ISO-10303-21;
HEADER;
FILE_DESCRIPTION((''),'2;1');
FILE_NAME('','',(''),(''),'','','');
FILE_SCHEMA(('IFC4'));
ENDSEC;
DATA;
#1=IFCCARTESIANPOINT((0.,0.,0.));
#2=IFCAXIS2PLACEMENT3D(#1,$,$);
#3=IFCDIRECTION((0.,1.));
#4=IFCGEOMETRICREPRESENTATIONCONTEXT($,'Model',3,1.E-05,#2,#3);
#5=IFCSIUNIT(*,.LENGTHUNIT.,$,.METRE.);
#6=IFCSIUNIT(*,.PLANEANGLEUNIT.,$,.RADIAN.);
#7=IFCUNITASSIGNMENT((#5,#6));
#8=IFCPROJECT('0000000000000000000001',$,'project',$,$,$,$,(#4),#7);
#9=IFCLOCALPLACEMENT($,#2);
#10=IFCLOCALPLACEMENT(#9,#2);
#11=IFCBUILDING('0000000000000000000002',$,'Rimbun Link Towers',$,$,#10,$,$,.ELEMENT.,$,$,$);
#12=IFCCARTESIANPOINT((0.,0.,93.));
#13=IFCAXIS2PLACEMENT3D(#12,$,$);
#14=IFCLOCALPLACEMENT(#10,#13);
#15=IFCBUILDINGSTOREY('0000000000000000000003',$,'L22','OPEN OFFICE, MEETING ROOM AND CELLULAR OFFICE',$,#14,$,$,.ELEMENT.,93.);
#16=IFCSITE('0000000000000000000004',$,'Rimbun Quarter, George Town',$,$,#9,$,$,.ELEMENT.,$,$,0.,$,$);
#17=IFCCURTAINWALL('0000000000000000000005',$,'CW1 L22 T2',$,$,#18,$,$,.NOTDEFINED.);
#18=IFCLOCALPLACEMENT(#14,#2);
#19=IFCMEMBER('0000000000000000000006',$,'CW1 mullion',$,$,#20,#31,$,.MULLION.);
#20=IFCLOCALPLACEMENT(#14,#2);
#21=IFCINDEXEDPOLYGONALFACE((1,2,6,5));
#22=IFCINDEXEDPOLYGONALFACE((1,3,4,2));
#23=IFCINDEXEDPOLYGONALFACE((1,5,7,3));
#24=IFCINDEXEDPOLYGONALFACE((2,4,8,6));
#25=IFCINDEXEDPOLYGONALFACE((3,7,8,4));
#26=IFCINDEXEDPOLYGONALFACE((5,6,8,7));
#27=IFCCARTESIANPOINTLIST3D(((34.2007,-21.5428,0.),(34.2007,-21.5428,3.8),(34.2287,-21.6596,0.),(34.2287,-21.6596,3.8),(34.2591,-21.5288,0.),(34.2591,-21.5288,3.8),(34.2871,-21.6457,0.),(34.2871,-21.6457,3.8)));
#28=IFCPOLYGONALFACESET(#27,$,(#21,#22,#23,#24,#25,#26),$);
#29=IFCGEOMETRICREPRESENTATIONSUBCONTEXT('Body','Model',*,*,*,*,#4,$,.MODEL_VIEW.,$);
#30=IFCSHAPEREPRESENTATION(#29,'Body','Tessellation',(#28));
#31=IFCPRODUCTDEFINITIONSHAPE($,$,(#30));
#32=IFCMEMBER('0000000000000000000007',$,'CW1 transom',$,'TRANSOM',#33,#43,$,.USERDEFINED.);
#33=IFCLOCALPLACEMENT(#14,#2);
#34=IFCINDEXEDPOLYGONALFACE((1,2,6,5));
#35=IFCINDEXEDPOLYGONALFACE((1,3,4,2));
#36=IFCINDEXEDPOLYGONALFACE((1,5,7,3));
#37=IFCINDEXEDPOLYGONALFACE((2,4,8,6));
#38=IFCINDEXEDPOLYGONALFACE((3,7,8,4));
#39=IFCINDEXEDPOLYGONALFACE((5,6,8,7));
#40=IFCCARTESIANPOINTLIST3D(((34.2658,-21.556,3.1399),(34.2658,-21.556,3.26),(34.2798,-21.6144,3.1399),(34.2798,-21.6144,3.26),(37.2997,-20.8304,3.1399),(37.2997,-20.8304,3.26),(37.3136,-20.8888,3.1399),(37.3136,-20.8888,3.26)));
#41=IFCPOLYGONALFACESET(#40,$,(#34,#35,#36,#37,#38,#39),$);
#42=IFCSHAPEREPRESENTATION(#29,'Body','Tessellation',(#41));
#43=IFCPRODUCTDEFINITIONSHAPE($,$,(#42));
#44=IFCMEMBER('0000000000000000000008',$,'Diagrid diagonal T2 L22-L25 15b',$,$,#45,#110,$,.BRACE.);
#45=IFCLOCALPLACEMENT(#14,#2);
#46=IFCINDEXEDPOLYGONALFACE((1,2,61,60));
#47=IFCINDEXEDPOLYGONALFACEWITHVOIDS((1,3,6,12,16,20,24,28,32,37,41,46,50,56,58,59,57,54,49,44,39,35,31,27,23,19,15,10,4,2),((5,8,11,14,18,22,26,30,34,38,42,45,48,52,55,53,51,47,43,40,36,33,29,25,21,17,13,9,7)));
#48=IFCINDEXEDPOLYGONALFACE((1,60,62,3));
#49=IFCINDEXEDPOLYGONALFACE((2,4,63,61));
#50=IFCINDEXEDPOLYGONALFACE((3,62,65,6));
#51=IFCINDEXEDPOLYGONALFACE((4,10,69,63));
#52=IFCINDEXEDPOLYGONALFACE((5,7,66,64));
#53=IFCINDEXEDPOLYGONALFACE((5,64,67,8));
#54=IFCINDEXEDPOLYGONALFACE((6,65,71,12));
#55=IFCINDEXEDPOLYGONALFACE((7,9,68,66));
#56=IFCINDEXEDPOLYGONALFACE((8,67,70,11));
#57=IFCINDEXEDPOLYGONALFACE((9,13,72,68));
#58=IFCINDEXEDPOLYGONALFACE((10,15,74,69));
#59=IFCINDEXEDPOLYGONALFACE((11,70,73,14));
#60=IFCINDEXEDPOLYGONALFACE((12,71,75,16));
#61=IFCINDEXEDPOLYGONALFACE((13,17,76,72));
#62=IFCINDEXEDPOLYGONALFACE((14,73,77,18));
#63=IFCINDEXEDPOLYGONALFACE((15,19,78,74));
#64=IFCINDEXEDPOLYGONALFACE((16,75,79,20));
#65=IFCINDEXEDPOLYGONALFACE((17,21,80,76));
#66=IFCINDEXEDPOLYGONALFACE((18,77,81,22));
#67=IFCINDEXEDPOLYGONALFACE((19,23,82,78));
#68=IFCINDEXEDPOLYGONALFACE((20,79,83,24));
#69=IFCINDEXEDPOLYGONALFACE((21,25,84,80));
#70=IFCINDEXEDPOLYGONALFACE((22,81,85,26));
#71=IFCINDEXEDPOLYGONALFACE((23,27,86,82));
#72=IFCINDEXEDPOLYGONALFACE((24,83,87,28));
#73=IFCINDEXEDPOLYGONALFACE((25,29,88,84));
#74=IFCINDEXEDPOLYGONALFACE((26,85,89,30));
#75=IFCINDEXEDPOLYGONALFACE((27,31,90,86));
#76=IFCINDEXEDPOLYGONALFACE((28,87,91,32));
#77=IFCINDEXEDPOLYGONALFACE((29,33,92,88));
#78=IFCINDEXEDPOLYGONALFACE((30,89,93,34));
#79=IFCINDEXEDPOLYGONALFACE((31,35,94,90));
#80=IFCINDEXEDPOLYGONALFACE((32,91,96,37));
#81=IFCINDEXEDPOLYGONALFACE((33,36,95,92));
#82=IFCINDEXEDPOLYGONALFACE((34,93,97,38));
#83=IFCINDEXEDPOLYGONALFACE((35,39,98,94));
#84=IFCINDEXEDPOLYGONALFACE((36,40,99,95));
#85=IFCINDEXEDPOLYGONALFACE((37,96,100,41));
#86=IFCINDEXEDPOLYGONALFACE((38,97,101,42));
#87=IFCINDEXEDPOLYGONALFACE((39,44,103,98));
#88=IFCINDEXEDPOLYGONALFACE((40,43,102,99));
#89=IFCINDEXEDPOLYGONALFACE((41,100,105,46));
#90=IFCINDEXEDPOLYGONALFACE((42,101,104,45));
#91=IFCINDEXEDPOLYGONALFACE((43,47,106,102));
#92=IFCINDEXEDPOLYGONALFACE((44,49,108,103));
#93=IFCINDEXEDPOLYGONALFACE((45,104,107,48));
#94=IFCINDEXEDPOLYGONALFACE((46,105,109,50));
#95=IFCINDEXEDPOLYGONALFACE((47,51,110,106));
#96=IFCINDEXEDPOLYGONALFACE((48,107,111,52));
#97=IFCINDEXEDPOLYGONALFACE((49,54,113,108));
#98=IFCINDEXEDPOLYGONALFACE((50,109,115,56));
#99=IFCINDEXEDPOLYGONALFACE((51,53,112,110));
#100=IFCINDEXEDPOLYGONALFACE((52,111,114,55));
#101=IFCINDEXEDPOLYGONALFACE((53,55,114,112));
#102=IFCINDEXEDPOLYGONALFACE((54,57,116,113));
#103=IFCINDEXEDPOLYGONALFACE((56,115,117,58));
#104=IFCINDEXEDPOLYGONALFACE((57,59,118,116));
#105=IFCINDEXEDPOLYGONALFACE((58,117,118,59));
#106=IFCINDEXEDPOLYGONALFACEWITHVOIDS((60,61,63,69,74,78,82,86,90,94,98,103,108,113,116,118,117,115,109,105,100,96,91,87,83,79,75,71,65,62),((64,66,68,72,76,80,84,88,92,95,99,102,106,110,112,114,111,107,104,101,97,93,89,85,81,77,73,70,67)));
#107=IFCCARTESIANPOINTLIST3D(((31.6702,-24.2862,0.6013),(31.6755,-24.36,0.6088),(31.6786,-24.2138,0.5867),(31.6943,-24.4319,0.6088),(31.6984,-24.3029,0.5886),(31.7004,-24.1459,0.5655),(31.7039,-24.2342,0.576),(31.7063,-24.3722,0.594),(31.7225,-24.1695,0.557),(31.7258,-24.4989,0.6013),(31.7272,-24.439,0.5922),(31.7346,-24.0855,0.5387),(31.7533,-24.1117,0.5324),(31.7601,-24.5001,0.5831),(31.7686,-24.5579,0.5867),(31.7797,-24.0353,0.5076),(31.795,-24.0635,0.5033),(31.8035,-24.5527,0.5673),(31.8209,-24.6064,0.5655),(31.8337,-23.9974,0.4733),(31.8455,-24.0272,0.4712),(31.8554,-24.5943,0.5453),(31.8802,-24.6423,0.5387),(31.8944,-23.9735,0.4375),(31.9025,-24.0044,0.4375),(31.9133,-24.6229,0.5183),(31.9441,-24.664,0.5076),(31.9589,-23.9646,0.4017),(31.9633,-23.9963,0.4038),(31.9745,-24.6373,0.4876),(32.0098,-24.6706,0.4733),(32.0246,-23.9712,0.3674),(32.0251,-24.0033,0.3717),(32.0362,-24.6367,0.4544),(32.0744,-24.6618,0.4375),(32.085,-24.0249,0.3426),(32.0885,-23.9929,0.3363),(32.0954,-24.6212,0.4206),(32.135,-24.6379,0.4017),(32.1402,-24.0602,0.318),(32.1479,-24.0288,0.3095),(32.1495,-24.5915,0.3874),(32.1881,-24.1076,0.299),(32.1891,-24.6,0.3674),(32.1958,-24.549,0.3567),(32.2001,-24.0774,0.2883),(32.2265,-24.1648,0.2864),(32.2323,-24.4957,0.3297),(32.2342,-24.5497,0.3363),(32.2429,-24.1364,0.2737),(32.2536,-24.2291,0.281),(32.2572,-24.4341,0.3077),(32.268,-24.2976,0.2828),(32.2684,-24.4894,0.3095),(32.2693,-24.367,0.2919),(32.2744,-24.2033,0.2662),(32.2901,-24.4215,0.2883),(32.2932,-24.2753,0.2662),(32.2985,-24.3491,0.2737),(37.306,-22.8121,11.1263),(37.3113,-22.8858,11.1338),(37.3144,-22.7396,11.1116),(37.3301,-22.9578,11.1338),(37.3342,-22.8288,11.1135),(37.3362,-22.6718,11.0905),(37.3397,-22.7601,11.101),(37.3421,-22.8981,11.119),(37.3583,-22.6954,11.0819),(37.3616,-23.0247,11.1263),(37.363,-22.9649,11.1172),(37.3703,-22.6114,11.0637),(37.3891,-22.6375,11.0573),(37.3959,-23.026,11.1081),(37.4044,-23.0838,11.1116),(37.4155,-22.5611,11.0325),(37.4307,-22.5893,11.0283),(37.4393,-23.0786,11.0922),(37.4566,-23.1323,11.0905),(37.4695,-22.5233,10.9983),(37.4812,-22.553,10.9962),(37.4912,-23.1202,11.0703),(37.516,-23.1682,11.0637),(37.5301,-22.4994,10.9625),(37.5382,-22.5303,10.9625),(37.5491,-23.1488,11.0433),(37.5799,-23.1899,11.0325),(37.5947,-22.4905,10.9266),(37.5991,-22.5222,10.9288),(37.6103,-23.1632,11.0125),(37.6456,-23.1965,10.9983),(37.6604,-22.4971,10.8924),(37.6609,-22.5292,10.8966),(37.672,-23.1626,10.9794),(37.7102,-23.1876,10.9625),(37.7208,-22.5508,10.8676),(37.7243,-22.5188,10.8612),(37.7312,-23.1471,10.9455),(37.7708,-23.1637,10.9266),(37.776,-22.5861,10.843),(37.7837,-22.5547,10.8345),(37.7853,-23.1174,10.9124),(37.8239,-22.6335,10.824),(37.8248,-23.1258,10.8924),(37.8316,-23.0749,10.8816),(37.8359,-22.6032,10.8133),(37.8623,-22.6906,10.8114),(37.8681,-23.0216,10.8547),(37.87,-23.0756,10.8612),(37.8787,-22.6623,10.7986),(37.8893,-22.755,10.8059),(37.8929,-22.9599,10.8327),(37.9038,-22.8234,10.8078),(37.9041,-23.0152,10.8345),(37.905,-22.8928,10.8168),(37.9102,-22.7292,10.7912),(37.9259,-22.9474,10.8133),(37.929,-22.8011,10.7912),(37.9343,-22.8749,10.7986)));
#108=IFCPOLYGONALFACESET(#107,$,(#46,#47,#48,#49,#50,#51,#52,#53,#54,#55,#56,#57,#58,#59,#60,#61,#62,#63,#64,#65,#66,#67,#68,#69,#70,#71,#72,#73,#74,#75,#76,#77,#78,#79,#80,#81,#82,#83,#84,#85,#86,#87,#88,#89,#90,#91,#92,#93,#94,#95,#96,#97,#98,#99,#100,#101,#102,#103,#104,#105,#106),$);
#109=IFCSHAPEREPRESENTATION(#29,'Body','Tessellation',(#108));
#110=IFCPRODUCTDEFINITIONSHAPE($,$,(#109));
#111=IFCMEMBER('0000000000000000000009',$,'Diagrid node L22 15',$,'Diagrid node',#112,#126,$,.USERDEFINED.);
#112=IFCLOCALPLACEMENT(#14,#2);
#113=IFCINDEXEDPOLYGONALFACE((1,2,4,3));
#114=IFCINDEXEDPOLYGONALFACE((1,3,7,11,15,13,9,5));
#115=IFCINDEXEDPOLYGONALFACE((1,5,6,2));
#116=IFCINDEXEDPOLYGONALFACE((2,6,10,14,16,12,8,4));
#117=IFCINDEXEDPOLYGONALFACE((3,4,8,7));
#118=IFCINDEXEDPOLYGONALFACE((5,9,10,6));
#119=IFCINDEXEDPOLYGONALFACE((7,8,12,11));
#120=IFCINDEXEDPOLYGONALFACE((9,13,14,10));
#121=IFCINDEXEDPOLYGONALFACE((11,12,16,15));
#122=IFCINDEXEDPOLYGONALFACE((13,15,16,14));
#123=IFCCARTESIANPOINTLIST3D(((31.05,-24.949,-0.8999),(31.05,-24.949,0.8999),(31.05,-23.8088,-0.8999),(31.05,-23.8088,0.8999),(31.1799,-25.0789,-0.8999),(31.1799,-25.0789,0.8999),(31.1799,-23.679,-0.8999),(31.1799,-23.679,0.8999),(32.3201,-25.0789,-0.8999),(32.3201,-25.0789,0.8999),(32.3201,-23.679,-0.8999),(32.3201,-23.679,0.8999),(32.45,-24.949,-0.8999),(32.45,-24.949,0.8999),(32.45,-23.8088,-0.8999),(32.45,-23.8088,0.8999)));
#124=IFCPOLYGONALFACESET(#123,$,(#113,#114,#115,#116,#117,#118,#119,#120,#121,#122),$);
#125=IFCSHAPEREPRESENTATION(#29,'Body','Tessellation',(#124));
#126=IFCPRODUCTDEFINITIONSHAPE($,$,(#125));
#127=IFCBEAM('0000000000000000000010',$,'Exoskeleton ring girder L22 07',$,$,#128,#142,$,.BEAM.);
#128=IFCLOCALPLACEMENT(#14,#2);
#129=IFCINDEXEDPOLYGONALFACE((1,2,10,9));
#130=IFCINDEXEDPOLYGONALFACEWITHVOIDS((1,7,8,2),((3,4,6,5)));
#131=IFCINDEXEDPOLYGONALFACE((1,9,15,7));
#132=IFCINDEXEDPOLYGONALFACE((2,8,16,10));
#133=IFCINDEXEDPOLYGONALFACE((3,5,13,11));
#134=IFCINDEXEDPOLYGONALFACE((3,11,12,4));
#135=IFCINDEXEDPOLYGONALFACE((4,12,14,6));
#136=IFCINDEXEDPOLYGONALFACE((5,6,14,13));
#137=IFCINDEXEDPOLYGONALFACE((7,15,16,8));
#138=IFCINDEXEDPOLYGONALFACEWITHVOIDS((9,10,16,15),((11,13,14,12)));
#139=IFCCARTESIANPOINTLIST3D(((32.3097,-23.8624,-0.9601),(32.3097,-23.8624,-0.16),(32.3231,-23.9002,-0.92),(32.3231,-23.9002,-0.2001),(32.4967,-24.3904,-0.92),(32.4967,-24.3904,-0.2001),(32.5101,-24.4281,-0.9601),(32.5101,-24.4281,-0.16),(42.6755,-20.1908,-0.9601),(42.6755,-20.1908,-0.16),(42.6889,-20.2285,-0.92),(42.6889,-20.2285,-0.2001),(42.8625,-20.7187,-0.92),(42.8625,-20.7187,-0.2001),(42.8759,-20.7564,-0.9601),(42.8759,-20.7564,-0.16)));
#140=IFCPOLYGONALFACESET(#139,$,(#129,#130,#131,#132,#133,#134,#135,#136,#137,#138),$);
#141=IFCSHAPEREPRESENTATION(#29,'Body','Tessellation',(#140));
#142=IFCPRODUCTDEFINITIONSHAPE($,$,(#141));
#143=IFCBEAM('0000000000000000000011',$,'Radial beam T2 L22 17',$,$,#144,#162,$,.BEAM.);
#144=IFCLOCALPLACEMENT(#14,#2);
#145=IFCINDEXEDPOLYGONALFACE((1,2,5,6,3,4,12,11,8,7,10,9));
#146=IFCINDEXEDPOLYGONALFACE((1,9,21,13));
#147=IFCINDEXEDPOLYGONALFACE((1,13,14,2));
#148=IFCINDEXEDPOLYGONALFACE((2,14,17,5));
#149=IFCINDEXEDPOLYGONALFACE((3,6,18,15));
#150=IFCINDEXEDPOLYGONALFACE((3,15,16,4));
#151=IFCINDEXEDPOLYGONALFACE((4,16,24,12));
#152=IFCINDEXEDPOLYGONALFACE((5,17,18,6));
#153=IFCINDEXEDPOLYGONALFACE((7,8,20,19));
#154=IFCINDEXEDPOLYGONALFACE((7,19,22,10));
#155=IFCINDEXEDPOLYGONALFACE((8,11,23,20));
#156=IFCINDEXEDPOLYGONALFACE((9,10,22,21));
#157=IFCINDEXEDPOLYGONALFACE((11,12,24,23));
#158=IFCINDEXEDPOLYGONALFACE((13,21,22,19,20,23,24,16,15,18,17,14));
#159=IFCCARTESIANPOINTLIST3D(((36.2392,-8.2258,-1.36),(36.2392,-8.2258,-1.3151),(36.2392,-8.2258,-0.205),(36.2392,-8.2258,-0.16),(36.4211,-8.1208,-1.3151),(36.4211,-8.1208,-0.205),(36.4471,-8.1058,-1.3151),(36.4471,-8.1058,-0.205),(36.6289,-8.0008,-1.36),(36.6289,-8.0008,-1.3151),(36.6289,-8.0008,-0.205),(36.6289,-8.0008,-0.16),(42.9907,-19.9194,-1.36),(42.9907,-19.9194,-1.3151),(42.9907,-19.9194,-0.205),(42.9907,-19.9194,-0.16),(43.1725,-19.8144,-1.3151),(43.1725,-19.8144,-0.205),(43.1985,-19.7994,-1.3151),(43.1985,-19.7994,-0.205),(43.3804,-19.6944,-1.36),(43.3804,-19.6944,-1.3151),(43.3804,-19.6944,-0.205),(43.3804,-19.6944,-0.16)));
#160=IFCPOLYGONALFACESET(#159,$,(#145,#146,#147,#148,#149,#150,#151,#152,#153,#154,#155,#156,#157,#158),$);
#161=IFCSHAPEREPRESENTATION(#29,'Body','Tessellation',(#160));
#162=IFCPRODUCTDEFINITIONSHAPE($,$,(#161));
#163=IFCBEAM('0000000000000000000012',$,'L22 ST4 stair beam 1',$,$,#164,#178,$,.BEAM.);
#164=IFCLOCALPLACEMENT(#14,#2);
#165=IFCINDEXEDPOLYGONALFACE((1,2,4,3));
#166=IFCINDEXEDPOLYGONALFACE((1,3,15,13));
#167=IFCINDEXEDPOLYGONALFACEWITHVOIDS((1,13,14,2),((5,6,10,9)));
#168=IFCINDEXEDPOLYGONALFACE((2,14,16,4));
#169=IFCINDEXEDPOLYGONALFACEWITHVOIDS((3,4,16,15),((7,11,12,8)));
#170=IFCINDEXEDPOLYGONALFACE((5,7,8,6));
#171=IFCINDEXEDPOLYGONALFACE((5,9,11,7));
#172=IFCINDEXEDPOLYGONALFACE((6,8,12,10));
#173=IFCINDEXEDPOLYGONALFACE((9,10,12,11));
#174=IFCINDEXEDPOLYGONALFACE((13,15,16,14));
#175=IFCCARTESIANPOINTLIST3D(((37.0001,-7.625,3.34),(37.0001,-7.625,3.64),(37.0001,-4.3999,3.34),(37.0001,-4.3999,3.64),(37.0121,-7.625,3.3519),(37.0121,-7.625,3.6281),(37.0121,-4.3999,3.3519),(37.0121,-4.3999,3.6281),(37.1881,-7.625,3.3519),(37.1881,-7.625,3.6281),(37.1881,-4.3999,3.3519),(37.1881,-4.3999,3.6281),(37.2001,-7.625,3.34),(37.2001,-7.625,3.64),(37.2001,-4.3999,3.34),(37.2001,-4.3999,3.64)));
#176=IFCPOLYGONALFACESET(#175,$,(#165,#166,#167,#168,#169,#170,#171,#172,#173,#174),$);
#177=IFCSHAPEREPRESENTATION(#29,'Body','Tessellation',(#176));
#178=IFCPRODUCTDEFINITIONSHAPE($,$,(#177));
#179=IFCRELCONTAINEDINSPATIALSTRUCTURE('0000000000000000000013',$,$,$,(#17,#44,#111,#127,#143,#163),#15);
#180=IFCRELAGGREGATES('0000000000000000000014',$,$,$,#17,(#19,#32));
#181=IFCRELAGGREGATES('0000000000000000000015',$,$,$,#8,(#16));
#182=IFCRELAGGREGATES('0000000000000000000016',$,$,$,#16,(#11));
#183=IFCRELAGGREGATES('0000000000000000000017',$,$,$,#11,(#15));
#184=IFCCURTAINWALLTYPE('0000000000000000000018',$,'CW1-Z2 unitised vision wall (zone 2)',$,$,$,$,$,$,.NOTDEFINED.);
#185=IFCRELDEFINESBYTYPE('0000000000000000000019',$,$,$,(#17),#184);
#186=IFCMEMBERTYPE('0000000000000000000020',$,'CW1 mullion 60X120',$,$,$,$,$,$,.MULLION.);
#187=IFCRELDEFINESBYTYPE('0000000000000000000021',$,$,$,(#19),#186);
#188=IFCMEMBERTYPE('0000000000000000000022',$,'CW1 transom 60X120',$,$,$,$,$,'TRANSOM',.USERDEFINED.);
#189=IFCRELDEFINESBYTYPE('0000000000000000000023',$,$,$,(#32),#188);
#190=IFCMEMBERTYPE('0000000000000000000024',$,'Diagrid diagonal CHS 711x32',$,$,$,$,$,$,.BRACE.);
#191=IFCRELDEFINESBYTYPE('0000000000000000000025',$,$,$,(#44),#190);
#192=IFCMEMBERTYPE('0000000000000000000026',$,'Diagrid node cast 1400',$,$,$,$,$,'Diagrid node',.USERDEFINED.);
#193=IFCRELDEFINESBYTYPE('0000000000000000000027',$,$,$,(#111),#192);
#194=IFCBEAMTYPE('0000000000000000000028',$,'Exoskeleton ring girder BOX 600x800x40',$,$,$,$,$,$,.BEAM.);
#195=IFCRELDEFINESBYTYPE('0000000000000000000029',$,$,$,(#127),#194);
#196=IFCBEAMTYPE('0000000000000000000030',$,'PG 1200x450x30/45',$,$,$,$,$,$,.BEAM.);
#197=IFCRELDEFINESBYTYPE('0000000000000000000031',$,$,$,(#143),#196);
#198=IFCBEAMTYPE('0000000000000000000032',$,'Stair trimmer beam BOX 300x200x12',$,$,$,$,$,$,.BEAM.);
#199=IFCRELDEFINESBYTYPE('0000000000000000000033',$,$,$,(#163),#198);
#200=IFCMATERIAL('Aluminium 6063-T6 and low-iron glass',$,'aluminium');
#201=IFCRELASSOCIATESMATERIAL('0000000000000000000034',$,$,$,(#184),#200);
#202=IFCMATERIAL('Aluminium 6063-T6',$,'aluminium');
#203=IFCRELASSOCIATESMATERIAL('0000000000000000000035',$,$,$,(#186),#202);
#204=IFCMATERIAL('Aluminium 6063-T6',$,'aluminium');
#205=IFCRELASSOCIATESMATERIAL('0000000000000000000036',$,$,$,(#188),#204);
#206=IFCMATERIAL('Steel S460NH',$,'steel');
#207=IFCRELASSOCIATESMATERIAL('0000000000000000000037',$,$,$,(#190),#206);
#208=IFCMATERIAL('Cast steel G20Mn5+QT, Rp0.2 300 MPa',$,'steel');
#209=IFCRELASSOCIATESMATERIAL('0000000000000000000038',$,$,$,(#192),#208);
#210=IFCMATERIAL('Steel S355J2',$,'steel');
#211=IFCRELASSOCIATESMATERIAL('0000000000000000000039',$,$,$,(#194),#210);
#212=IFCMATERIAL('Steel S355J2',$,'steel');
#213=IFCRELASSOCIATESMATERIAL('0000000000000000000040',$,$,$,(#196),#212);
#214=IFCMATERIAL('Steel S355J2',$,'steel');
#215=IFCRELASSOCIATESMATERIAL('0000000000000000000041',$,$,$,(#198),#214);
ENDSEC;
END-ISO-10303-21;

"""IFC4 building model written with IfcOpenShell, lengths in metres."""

from ifc_helpers import new_model, si_unit, direction, frame, origin, origin_2d, place, context, subcontext, project, spatial, polyline, rectangle, hollow_rectangle, hollow_circle, i_section, outline, extrude, material, material_profile, profile_set, type_object, element, aggregate, save


model = new_model("IFC4")

# Units and contexts
model_context = context("Model", 3, precision=1e-05, world=origin(), true_north=direction((0.0, 1.0)))
body_context = subcontext(model_context, "Body", "Model", "MODEL_VIEW")
ifc_project = project(units=[si_unit("LENGTHUNIT", "METRE"), si_unit("PLANEANGLEUNIT", "RADIAN")], contexts=[model_context])

# Site, building, storey
site_placement = place(None, origin())
site = spatial("IfcSite", under=ifc_project, at=site_placement, Name="Rimbun Quarter, George Town", CompositionType="ELEMENT", RefElevation=0.0)
building_placement = place(site_placement, origin())
building = spatial("IfcBuilding", under=site, at=building_placement, Name="Rimbun Link Towers", CompositionType="ELEMENT")
storey_placement = place(building_placement, frame((0.0, 0.0, 93.0)))
storey = spatial("IfcBuildingStorey", under=building, at=storey_placement, Name="L22", Description="OPEN OFFICE, MEETING ROOM AND CELLULAR OFFICE", CompositionType="ELEMENT", Elevation=93.0)

# Curtain wall, members
ifc_material_1 = material(Name="Aluminium 6063-T6 and low-iron glass", Category="aluminium")
curtain_wall_type = type_object("IfcCurtainWallType", Name="CW1-Z2 unitised vision wall (zone 2)", PredefinedType="NOTDEFINED", material=ifc_material_1)
curtain_wall_placement = place(storey_placement, origin())
curtain_wall = element("IfcCurtainWall", 1, at=curtain_wall_placement, inside=storey, type_object=curtain_wall_type, Name="CW1 L22 T2", PredefinedType="NOTDEFINED")
ifc_material_2 = material(Name="Aluminium 6063-T6", Category="aluminium")
ifc_material_profile_1 = material_profile(ifc_material_2, rectangle(XDim=0.1201, YDim=0.0601, at=origin_2d()), Name="MULLION 60X120")
ifc_profile_set_1 = profile_set([ifc_material_profile_1], Name="Aluminium 6063-T6")
member_type_1 = type_object("IfcMemberType", Name="CW1 mullion 60X120", PredefinedType="MULLION", material=ifc_profile_set_1)
member_1_placement = place(storey_placement, frame((34.2439, -21.5942, 0.0), z_axis=(0.0, 0.0, 1.0), x_axis=(0.232601, -0.972572, 0.0)))
member_1 = element("IfcMember", 2, at=member_1_placement, type_object=member_type_1, Name="CW1 mullion", PredefinedType="MULLION", context=body_context, shape_type="SweptSolid", body=[
    extrude(rectangle(XDim=0.1201, YDim=0.0601, at=origin_2d()), origin(), (0.0, 0.0, 1.0), 3.8),
])
ifc_material_3 = material(Name="Aluminium 6063-T6", Category="aluminium")
ifc_material_profile_2 = material_profile(ifc_material_3, rectangle(XDim=0.0601, YDim=0.1201, at=origin_2d()), Name="TRANSOM 60X120")
ifc_profile_set_2 = profile_set([ifc_material_profile_2], Name="Aluminium 6063-T6")
member_type_2 = type_object("IfcMemberType", Name="CW1 transom 60X120", ElementType="TRANSOM", PredefinedType="USERDEFINED", material=ifc_profile_set_2)
member_2_placement = place(storey_placement, frame((37.3066, -20.8596, 3.2), z_axis=(-0.972573, -0.232597, 0.0), x_axis=(0.232597, -0.972573, 0.0)))
member_2 = element("IfcMember", 3, at=member_2_placement, type_object=member_type_2, Name="CW1 transom", ObjectType="TRANSOM", PredefinedType="USERDEFINED", context=body_context, shape_type="SweptSolid", body=[
    extrude(rectangle(XDim=0.0601, YDim=0.1201, at=origin_2d()), origin(), (0.0, 0.0, 1.0), 3.1194),
])

# Members
ifc_material_4 = material(Name="Steel S460NH", Category="steel")
ifc_material_profile_3 = material_profile(ifc_material_4, hollow_circle(Radius=0.3557, WallThickness=0.032, at=origin_2d()), Name="Diagrid diagonal CHS 711x32")
ifc_profile_set_3 = profile_set([ifc_material_profile_3], Name="Steel S460NH")
member_type_3 = type_object("IfcMemberType", Name="Diagrid diagonal CHS 711x32", PredefinedType="BRACE", material=ifc_profile_set_3)
member_3_placement = place(storey_placement, frame((31.9844, -24.3176, 0.4375), z_axis=(0.468495, 0.122542, 0.874926), x_axis=(-0.253053, 0.967452, 0.0)))
element("IfcMember", 4, at=member_3_placement, inside=storey, type_object=member_type_3, Name="Diagrid diagonal T2 L22-L25 15b", PredefinedType="BRACE", context=body_context, shape_type="SweptSolid", body=[
    extrude(hollow_circle(Radius=0.3557, WallThickness=0.032, at=origin_2d()), origin(), (0.0, 0.0, 1.0), 12.0295),
])
ifc_material_5 = material(Name="Cast steel G20Mn5+QT, Rp0.2 300 MPa", Category="steel")
ifc_material_profile_4 = material_profile(ifc_material_5, outline(polyline([(0.7, -0.5701), (0.7, 0.5701), (0.5701, 0.7), (-0.5701, 0.7), (-0.7, 0.5701), (-0.7, -0.5701), (-0.5701, -0.7), (0.5701, -0.7), (0.7, -0.5701)])), Name="NODE 1400x1400")
ifc_profile_set_4 = profile_set([ifc_material_profile_4], Name="Cast steel G20Mn5+QT, Rp0.2 300 MPa")
member_type_4 = type_object("IfcMemberType", Name="Diagrid node cast 1400", ElementType="Diagrid node", PredefinedType="USERDEFINED", material=ifc_profile_set_4)
member_4_placement = place(storey_placement, frame((31.75, -24.3789, -0.8999), z_axis=(0.0, 0.0, 1.0), x_axis=(0.0, -1.0, 0.0)))
element("IfcMember", 5, at=member_4_placement, inside=storey, type_object=member_type_4, Name="Diagrid node L22 15", ObjectType="Diagrid node", PredefinedType="USERDEFINED", context=body_context, shape_type="SweptSolid", body=[
    extrude(outline(polyline([(0.7, -0.5701), (0.7, 0.5701), (0.5701, 0.7), (-0.5701, 0.7), (-0.7, 0.5701), (-0.7, -0.5701), (-0.5701, -0.7), (0.5701, -0.7), (0.7, -0.5701)])), origin(), (0.0, 0.0, 1.0), 1.7998),
])

# Beams
ifc_material_6 = material(Name="Steel S355J2", Category="steel")
ifc_material_profile_5 = material_profile(ifc_material_6, hollow_rectangle(XDim=0.6001, YDim=0.8, WallThickness=0.04, at=origin_2d()), Name="Exoskeleton ring girder BOX 600x800x40")
ifc_profile_set_5 = profile_set([ifc_material_profile_5], Name="Steel S355J2")
beam_type_1 = type_object("IfcBeamType", Name="Exoskeleton ring girder BOX 600x800x40", PredefinedType="BEAM", material=ifc_profile_set_5)
beam_1_placement = place(storey_placement, frame((32.4099, -24.1453, -0.5601), z_axis=(0.942615, 0.333882, 0.0), x_axis=(-0.333882, 0.942615, 0.0)))
element("IfcBeam", 6, at=beam_1_placement, inside=storey, type_object=beam_type_1, Name="Exoskeleton ring girder L22 07", PredefinedType="BEAM", context=body_context, shape_type="SweptSolid", body=[
    extrude(hollow_rectangle(XDim=0.6001, YDim=0.8, WallThickness=0.04, at=origin_2d()), origin(), (0.0, 0.0, 1.0), 10.9968),
])
ifc_material_7 = material(Name="Steel S355J2", Category="steel")
ifc_material_profile_6 = material_profile(ifc_material_7, i_section(OverallWidth=0.45, OverallDepth=1.2, WebThickness=0.03, FlangeThickness=0.0449, at=origin_2d()), Name="PG 1200x450x30/45")
ifc_profile_set_6 = profile_set([ifc_material_profile_6], Name="Steel S355J2")
beam_type_2 = type_object("IfcBeamType", Name="PG 1200x450x30/45", PredefinedType="BEAM", material=ifc_profile_set_6)
beam_2_placement = place(storey_placement, frame((36.4341, -8.1133, -0.76), z_axis=(0.500009, -0.86602, 0.0), x_axis=(0.86602, 0.500009, 0.0)))
element("IfcBeam", 7, at=beam_2_placement, inside=storey, type_object=beam_type_2, Name="Radial beam T2 L22 17", PredefinedType="BEAM", context=body_context, shape_type="SweptSolid", body=[
    extrude(i_section(OverallWidth=0.45, OverallDepth=1.2, WebThickness=0.03, FlangeThickness=0.0449, at=origin_2d()), origin(), (0.0, 0.0, 1.0), 13.5027),
])
ifc_material_8 = material(Name="Steel S355J2", Category="steel")
ifc_material_profile_7 = material_profile(ifc_material_8, hollow_rectangle(XDim=0.2, YDim=0.3, WallThickness=0.012, at=origin_2d()), Name="BOX 300x200x12")
ifc_profile_set_7 = profile_set([ifc_material_profile_7], Name="Steel S355J2")
beam_type_3 = type_object("IfcBeamType", Name="Stair trimmer beam BOX 300x200x12", PredefinedType="BEAM", material=ifc_profile_set_7)
beam_3_placement = place(storey_placement, frame((37.1001, -7.625, 3.49), z_axis=(0.0, 1.0, 0.0), x_axis=(-1.0, 0.0, 0.0)))
element("IfcBeam", 8, at=beam_3_placement, inside=storey, type_object=beam_type_3, Name="L22 ST4 stair beam 1", PredefinedType="BEAM", context=body_context, shape_type="SweptSolid", body=[
    extrude(hollow_rectangle(XDim=0.2, YDim=0.3, WallThickness=0.012, at=origin_2d()), origin(), (0.0, 0.0, 1.0), 3.2251),
])

aggregate(curtain_wall, [member_1, member_2])

save(model, "model.ifc")
